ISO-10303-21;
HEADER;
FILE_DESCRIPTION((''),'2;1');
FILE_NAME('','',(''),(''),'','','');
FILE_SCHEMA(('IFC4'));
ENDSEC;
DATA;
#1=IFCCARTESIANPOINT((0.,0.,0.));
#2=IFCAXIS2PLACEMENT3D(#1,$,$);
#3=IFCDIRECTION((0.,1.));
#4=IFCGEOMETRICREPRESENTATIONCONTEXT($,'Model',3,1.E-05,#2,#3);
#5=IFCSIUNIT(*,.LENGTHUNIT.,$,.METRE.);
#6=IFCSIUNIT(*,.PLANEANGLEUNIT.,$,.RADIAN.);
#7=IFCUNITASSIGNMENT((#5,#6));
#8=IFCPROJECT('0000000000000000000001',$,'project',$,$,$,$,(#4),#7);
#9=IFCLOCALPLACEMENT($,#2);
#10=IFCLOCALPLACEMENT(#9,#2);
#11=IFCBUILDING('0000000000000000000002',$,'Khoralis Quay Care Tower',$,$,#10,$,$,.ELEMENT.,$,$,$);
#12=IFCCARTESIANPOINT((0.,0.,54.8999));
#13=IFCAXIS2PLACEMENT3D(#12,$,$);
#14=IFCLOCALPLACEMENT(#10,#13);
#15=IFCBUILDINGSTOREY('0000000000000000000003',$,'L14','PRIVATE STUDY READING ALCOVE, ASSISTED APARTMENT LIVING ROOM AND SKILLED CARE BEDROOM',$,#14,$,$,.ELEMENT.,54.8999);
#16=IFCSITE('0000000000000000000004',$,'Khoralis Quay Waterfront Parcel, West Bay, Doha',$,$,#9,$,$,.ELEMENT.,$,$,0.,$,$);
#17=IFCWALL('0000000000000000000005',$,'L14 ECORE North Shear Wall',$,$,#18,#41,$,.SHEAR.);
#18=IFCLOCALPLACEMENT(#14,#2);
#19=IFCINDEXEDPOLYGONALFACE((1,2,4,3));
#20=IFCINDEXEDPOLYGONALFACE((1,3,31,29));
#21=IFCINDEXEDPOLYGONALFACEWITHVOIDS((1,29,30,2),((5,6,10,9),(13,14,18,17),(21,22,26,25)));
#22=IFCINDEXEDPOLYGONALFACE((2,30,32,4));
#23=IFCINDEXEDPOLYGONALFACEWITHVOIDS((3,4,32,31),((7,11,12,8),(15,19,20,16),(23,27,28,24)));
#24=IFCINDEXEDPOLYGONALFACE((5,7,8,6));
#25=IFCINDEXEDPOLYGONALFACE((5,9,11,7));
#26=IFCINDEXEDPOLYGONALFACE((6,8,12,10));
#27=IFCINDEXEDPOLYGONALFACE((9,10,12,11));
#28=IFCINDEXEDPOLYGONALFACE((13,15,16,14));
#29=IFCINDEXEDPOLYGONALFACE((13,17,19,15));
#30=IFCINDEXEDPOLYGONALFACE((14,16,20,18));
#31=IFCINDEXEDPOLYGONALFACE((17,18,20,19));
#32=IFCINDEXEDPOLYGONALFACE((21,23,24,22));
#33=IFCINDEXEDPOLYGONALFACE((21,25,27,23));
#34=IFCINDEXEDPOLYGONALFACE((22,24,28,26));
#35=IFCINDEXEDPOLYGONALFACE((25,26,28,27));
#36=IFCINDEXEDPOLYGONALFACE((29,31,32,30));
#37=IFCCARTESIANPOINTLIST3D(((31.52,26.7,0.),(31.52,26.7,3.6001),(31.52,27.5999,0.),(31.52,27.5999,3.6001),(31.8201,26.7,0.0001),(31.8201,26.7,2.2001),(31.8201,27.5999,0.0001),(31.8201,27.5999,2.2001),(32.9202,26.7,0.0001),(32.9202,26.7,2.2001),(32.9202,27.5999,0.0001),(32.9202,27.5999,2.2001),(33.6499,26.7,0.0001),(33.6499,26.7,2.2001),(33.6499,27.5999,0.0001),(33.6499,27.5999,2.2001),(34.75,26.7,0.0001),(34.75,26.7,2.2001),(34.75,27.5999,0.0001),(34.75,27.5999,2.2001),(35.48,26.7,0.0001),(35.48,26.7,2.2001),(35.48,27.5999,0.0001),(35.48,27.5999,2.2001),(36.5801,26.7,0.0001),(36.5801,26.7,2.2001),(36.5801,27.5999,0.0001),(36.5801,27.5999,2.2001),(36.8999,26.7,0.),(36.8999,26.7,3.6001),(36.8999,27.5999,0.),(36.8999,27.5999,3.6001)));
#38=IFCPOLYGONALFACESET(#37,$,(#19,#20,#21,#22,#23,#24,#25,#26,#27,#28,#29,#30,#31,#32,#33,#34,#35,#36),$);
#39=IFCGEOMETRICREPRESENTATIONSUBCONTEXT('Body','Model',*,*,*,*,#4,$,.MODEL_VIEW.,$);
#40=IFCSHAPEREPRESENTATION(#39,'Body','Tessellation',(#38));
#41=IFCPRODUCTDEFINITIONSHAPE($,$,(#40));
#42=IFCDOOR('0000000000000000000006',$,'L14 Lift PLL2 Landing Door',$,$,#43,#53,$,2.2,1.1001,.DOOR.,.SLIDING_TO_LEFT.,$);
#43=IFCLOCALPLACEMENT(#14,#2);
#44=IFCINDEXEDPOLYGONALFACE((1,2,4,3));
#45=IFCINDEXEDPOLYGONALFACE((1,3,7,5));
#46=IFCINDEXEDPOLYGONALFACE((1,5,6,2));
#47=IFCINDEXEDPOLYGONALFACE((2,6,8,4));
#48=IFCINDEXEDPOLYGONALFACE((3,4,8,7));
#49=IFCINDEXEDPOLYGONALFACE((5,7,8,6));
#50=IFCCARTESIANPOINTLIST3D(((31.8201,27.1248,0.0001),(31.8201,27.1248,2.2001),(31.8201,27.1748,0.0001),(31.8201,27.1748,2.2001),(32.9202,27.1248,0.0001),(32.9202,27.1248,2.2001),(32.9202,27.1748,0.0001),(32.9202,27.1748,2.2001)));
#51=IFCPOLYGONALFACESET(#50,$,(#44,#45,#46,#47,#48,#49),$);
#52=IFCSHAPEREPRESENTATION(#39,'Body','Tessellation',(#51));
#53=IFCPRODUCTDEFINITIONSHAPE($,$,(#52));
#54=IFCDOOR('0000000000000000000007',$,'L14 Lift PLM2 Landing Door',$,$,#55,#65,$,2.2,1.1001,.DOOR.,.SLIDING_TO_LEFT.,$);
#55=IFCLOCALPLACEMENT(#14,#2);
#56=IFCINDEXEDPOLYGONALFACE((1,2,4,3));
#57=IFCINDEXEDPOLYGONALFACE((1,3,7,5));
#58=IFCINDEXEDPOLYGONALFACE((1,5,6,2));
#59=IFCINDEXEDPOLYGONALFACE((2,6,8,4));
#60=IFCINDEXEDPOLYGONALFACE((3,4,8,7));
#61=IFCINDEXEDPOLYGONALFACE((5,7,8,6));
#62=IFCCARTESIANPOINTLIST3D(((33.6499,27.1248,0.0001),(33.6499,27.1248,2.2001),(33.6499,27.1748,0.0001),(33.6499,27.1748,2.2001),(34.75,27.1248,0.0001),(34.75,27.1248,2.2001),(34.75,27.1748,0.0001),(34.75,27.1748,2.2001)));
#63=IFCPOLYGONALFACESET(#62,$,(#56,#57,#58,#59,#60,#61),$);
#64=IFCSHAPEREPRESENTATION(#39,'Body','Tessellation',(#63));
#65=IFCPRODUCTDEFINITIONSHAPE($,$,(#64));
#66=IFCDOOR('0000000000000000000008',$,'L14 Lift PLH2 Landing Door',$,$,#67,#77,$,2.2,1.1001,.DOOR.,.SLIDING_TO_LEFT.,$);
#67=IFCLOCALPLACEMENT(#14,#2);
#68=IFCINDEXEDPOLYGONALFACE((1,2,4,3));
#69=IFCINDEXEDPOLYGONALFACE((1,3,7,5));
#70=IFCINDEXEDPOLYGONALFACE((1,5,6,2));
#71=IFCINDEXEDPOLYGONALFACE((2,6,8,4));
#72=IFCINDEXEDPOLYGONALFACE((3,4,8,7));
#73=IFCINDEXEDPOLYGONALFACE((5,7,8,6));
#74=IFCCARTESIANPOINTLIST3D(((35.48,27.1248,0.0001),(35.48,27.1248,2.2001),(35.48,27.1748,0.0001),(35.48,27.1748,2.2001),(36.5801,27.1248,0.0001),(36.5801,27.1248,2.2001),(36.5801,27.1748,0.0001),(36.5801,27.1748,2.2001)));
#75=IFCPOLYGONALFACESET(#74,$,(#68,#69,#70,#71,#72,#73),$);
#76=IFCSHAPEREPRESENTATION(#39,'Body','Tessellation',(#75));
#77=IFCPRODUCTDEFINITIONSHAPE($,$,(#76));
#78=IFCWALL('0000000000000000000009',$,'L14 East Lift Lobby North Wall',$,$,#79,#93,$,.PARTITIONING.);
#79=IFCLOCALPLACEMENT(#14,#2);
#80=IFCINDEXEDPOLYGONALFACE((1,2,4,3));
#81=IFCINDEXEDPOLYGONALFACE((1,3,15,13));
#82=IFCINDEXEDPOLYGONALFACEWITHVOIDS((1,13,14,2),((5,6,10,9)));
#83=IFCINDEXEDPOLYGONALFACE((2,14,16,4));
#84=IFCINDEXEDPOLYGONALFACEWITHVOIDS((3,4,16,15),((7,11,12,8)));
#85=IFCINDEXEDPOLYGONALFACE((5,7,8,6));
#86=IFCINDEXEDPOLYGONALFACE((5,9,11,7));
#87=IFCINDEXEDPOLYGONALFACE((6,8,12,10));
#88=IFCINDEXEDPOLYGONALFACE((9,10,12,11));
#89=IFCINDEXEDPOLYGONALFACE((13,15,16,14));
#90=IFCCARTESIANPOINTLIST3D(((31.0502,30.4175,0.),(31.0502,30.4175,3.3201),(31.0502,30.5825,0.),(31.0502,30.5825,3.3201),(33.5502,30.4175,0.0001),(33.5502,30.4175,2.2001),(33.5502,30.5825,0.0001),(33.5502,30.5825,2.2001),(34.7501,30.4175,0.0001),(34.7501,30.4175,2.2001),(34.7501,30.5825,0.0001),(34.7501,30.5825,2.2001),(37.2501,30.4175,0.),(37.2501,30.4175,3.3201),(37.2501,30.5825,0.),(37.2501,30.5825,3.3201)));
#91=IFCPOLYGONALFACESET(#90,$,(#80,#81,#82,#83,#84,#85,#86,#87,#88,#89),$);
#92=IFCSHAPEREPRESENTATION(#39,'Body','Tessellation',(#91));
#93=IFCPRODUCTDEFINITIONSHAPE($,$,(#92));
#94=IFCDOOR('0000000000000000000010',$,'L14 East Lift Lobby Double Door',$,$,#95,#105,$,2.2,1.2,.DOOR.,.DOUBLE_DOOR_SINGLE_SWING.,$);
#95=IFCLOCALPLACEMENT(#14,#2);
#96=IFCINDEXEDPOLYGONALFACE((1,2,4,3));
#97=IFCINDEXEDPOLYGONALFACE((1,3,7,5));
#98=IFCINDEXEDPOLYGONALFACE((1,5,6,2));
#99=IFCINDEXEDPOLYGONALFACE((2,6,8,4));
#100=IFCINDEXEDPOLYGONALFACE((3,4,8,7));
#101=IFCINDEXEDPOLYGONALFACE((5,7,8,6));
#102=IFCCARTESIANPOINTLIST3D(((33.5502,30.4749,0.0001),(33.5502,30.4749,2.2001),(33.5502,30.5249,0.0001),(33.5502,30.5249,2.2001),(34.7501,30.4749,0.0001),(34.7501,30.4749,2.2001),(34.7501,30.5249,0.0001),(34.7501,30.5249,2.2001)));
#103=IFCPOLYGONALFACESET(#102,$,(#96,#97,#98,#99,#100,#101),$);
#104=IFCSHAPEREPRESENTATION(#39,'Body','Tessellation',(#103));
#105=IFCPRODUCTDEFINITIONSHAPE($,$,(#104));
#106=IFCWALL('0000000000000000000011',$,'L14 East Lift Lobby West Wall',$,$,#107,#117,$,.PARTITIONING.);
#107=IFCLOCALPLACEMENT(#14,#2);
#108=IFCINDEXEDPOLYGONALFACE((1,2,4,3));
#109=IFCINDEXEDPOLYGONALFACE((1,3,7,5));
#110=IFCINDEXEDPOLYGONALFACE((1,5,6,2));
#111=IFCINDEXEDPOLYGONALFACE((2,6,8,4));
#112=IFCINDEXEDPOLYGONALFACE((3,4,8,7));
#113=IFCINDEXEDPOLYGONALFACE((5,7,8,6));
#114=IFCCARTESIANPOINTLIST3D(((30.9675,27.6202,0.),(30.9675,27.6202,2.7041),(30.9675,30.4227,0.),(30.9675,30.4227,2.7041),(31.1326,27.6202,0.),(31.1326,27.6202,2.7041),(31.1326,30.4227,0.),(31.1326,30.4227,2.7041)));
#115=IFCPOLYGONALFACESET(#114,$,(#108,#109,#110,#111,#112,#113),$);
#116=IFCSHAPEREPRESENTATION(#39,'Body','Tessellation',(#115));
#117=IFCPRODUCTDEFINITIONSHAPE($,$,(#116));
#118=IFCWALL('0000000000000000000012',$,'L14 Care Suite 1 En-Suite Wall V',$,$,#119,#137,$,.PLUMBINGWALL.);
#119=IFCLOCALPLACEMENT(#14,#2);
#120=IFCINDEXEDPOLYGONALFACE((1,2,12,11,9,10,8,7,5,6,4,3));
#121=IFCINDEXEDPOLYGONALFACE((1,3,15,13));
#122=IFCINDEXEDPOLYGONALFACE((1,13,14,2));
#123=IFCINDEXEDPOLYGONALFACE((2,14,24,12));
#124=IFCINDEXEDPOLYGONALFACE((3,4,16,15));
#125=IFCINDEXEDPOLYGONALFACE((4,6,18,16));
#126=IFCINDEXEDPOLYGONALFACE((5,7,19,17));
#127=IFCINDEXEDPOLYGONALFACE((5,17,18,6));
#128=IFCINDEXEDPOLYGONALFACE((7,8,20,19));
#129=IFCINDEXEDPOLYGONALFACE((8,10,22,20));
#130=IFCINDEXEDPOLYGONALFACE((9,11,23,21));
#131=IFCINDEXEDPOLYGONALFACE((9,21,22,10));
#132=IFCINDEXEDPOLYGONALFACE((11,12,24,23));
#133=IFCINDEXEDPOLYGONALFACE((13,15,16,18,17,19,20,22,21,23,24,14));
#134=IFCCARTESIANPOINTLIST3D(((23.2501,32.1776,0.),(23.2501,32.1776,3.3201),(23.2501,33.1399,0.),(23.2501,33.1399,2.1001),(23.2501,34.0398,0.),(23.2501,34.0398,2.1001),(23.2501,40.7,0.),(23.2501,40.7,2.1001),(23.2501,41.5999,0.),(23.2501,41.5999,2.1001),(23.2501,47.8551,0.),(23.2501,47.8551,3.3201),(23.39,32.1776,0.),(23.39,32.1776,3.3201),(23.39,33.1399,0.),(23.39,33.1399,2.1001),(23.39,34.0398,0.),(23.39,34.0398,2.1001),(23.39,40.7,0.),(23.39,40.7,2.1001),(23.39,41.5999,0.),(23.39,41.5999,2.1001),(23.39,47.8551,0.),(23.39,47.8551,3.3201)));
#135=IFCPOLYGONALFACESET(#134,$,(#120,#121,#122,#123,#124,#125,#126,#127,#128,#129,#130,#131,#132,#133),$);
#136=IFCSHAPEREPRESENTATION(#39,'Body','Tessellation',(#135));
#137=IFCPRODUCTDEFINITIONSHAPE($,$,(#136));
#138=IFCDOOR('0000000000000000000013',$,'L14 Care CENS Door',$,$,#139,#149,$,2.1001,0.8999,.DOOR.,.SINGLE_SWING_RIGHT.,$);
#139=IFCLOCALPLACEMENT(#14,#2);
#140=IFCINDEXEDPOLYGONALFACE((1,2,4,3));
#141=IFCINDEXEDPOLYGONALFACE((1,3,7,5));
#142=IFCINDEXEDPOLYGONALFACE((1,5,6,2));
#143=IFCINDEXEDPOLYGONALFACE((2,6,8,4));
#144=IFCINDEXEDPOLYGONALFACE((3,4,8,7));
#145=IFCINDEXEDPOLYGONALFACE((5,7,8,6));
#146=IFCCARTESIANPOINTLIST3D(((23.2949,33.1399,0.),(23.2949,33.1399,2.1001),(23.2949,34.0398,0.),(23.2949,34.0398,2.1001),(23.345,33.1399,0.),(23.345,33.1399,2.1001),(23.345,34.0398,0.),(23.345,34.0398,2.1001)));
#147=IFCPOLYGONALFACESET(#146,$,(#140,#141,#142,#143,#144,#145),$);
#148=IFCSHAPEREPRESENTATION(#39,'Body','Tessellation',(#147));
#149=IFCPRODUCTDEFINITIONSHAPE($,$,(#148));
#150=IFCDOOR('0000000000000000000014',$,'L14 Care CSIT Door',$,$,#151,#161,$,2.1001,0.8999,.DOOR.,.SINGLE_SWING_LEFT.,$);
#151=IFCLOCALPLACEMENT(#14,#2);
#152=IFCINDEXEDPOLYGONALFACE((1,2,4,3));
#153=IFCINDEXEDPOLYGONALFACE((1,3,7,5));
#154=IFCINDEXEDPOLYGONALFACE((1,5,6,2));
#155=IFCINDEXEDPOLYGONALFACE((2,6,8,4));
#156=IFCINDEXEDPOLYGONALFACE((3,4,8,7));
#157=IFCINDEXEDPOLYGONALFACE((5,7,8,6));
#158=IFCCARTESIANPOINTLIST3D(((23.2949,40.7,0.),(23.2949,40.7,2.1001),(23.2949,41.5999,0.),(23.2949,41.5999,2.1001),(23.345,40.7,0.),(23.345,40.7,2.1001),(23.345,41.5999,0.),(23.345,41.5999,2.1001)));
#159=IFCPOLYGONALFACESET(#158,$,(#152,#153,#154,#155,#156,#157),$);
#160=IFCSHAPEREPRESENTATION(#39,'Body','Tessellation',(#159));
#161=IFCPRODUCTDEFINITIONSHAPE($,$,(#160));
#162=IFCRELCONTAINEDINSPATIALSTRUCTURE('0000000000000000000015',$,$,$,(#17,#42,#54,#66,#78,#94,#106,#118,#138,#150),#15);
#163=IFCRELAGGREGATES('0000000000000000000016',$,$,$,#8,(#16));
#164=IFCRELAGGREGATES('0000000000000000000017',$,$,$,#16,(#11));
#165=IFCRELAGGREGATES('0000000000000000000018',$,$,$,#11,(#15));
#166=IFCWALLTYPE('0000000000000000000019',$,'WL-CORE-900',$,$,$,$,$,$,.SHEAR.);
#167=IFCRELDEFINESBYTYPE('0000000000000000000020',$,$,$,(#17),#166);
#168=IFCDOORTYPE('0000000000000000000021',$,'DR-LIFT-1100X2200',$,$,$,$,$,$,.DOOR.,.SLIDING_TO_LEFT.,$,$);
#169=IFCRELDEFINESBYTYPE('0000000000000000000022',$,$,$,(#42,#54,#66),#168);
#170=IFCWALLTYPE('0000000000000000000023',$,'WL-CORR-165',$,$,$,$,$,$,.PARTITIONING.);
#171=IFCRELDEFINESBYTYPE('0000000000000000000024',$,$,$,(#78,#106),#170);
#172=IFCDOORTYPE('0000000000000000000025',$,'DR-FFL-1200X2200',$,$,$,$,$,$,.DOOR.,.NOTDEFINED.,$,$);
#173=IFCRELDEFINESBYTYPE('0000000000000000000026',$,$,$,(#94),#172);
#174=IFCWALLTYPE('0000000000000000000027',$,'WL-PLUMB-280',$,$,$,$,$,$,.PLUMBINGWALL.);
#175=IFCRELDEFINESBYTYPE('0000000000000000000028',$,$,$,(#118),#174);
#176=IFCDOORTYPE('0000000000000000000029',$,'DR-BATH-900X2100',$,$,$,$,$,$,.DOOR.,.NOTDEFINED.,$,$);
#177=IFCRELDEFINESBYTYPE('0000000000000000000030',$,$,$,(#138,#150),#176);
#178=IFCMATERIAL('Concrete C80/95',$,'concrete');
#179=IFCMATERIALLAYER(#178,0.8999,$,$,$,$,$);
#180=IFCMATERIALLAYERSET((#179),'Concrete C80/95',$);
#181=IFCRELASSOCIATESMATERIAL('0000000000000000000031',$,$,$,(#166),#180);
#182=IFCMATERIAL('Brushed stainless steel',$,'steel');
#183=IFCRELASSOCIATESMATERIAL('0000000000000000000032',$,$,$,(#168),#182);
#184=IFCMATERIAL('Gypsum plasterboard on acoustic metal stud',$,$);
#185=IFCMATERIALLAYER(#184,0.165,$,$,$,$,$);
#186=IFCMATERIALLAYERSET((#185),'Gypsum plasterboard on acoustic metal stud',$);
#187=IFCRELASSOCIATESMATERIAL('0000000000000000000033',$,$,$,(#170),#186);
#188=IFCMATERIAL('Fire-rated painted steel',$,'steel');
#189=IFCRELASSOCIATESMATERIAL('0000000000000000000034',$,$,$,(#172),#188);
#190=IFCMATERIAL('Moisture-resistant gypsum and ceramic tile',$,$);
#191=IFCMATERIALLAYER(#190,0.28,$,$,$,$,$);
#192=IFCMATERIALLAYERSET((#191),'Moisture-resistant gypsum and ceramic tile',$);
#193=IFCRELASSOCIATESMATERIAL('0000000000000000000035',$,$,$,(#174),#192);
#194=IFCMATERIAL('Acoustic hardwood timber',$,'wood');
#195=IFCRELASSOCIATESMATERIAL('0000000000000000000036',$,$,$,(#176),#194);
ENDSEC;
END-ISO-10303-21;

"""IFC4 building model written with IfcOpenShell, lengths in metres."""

from ifc_helpers import new_model, si_unit, direction, frame, frame_2d, origin, place, context, subcontext, project, spatial, rectangle, extrude, source, transform, mapped, material, layer, layer_set, type_object, element, fill, save


model = new_model("IFC4")

# Units and contexts
model_context = context("Model", 3, precision=1e-05, world=origin(), true_north=direction((0.0, 1.0)))
body_context = subcontext(model_context, "Body", "Model", "MODEL_VIEW")
ifc_project = project(units=[si_unit("LENGTHUNIT", "METRE"), si_unit("PLANEANGLEUNIT", "RADIAN")], contexts=[model_context])

# Site, building, storey
site_placement = place(None, origin())
site = spatial("IfcSite", under=ifc_project, at=site_placement, Name="Khoralis Quay Waterfront Parcel, West Bay, Doha", CompositionType="ELEMENT", RefElevation=0.0)
building_placement = place(site_placement, origin())
building = spatial("IfcBuilding", under=site, at=building_placement, Name="Khoralis Quay Care Tower", CompositionType="ELEMENT")
storey_placement = place(building_placement, frame((0.0, 0.0, 54.8999)))
storey = spatial("IfcBuildingStorey", under=building, at=storey_placement, Name="L14", Description="PRIVATE STUDY READING ALCOVE, ASSISTED APARTMENT LIVING ROOM AND SKILLED CARE BEDROOM", CompositionType="ELEMENT", Elevation=54.8999)

# Wall, openings, doors
ifc_material_1 = material(Name="Concrete C80/95", Category="concrete")
ifc_layer_1 = layer(ifc_material_1, 0.8999)
ifc_layer_set_1 = layer_set([ifc_layer_1], Name="Concrete C80/95")
wall_type_1 = type_object("IfcWallType", Name="WL-CORE-900", PredefinedType="SHEAR", material=ifc_layer_set_1)
wall_1_placement = place(storey_placement, frame((31.52, 27.1499, 0.0), z_axis=(0.0, 0.0, 1.0), x_axis=(1.0, 0.0, 0.0)))
wall_1 = element("IfcWall", 1, at=wall_1_placement, inside=storey, type_object=wall_type_1, Name="L14 ECORE North Shear Wall", PredefinedType="SHEAR", context=body_context, shape_type="SweptSolid", body=[
    extrude(rectangle(XDim=5.3799, YDim=0.8999, at=frame_2d((2.6899, 0.0))), origin(), (0.0, 0.0, 1.0), 3.6001),
])
opening_1_placement = place(wall_1_placement, frame((0.3, 0.0, 0.0)))
opening_1 = element("IfcOpeningElement", 2, at=opening_1_placement, cuts=wall_1, PredefinedType="OPENING", context=body_context, shape_type="SweptSolid", body=[
    extrude(rectangle(XDim=1.1001, YDim=2.2, at=frame_2d((0.55, 1.1001))), frame((0.0, 0.46, 0.0), z_axis=(0.0, -1.0, 0.0), x_axis=(1.0, 0.0, 0.0)), (0.0, 0.0, 1.0), 0.9199),
])
opening_2_placement = place(wall_1_placement, frame((2.1299, 0.0, 0.0)))
opening_2 = element("IfcOpeningElement", 3, at=opening_2_placement, cuts=wall_1, PredefinedType="OPENING", context=body_context, shape_type="SweptSolid", body=[
    extrude(rectangle(XDim=1.1001, YDim=2.2, at=frame_2d((0.55, 1.1001))), frame((0.0, 0.46, 0.0), z_axis=(0.0, -1.0, 0.0), x_axis=(1.0, 0.0, 0.0)), (0.0, 0.0, 1.0), 0.9199),
])
opening_3_placement = place(wall_1_placement, frame((3.96, 0.0, 0.0)))
opening_3 = element("IfcOpeningElement", 4, at=opening_3_placement, cuts=wall_1, PredefinedType="OPENING", context=body_context, shape_type="SweptSolid", body=[
    extrude(rectangle(XDim=1.1001, YDim=2.2, at=frame_2d((0.55, 1.1001))), frame((0.0, 0.46, 0.0), z_axis=(0.0, -1.0, 0.0), x_axis=(1.0, 0.0, 0.0)), (0.0, 0.0, 1.0), 0.9199),
])
ifc_material_2 = material(Name="Brushed stainless steel", Category="steel")
door_type_1 = type_object("IfcDoorType", Name="DR-LIFT-1100X2200", OperationType="SLIDING_TO_LEFT", PredefinedType="DOOR", material=ifc_material_2)
shared_shape_1 = source(origin(), body_context, "Body", "SweptSolid", [
    extrude(rectangle(XDim=1.1001, YDim=2.2, at=frame_2d((0.55, 1.1001))), frame((0.0, 0.0249, 0.0), z_axis=(0.0, -1.0, 0.0), x_axis=(1.0, 0.0, 0.0)), (0.0, 0.0, 1.0), 0.05),
])
door_1_placement = place(opening_1_placement, origin())
door_1 = element("IfcDoor", 5, at=door_1_placement, inside=storey, type_object=door_type_1, Name="L14 Lift PLL2 Landing Door", OperationType="SLIDING_TO_LEFT", OverallHeight=2.2, OverallWidth=1.1001, PredefinedType="DOOR", context=body_context, shape_type="MappedRepresentation", body=[
    mapped(shared_shape_1, transform((0.0, 0.0, 0.0), scale=1.0)),
])
fill(opening_1, door_1)
door_2_placement = place(opening_2_placement, origin())
door_2 = element("IfcDoor", 6, at=door_2_placement, inside=storey, type_object=door_type_1, Name="L14 Lift PLM2 Landing Door", OperationType="SLIDING_TO_LEFT", OverallHeight=2.2, OverallWidth=1.1001, PredefinedType="DOOR", context=body_context, shape_type="MappedRepresentation", body=[
    mapped(shared_shape_1, transform((0.0, 0.0, 0.0), scale=1.0)),
])
fill(opening_2, door_2)
door_3_placement = place(opening_3_placement, origin())
door_3 = element("IfcDoor", 7, at=door_3_placement, inside=storey, type_object=door_type_1, Name="L14 Lift PLH2 Landing Door", OperationType="SLIDING_TO_LEFT", OverallHeight=2.2, OverallWidth=1.1001, PredefinedType="DOOR", context=body_context, shape_type="MappedRepresentation", body=[
    mapped(shared_shape_1, transform((0.0, 0.0, 0.0), scale=1.0)),
])
fill(opening_3, door_3)

# Wall, opening, door
ifc_material_3 = material(Name="Gypsum plasterboard on acoustic metal stud")
ifc_layer_2 = layer(ifc_material_3, 0.165)
ifc_layer_set_2 = layer_set([ifc_layer_2], Name="Gypsum plasterboard on acoustic metal stud")
wall_type_2 = type_object("IfcWallType", Name="WL-CORR-165", PredefinedType="PARTITIONING", material=ifc_layer_set_2)
wall_2_placement = place(storey_placement, frame((31.05, 30.5, 0.0), z_axis=(0.0, 0.0, 1.0), x_axis=(1.0, 0.0, 0.0)))
wall_2 = element("IfcWall", 8, at=wall_2_placement, inside=storey, type_object=wall_type_2, Name="L14 East Lift Lobby North Wall", PredefinedType="PARTITIONING", context=body_context, shape_type="SweptSolid", body=[
    extrude(rectangle(XDim=6.2, YDim=0.165, at=frame_2d((3.1001, 0.0))), origin(), (0.0, 0.0, 1.0), 3.3201),
])
opening_4_placement = place(wall_2_placement, frame((2.5, 0.0, 0.0)))
opening_4 = element("IfcOpeningElement", 9, at=opening_4_placement, cuts=wall_2, PredefinedType="OPENING", context=body_context, shape_type="SweptSolid", body=[
    extrude(rectangle(XDim=1.2, YDim=2.2, at=frame_2d((0.6001, 1.1001))), frame((0.0, 0.0925, 0.0), z_axis=(0.0, -1.0, 0.0), x_axis=(1.0, 0.0, 0.0)), (0.0, 0.0, 1.0), 0.1851),
])
ifc_material_4 = material(Name="Fire-rated painted steel", Category="steel")
door_type_2 = type_object("IfcDoorType", Name="DR-FFL-1200X2200", OperationType="NOTDEFINED", PredefinedType="DOOR", material=ifc_material_4)
shared_shape_2 = source(origin(), body_context, "Body", "SweptSolid", [
    extrude(rectangle(XDim=1.2, YDim=2.2, at=frame_2d((0.6001, 1.1001))), frame((0.0, 0.0249, 0.0), z_axis=(0.0, -1.0, 0.0), x_axis=(1.0, 0.0, 0.0)), (0.0, 0.0, 1.0), 0.05),
])
door_4_placement = place(opening_4_placement, origin())
door_4 = element("IfcDoor", 10, at=door_4_placement, inside=storey, type_object=door_type_2, Name="L14 East Lift Lobby Double Door", OperationType="DOUBLE_DOOR_SINGLE_SWING", OverallHeight=2.2, OverallWidth=1.2, PredefinedType="DOOR", context=body_context, shape_type="MappedRepresentation", body=[
    mapped(shared_shape_2, transform((0.0, 0.0, 0.0), scale=1.0)),
])
fill(opening_4, door_4)

# Wall
wall_3_placement = place(storey_placement, frame((31.05, 27.6201, 0.0), z_axis=(0.0, 0.0, 1.0), x_axis=(0.0, 1.0, 0.0)))
element("IfcWall", 11, at=wall_3_placement, inside=storey, type_object=wall_type_2, Name="L14 East Lift Lobby West Wall", PredefinedType="PARTITIONING", context=body_context, shape_type="SweptSolid", body=[
    extrude(rectangle(XDim=2.8025, YDim=0.165, at=frame_2d((1.4014, 0.0))), origin(), (0.0, 0.0, 1.0), 2.7041),
])

# Wall, openings, doors
ifc_material_5 = material(Name="Moisture-resistant gypsum and ceramic tile")
ifc_layer_3 = layer(ifc_material_5, 0.28)
ifc_layer_set_3 = layer_set([ifc_layer_3], Name="Moisture-resistant gypsum and ceramic tile")
wall_type_3 = type_object("IfcWallType", Name="WL-PLUMB-280", PredefinedType="PLUMBINGWALL", material=ifc_layer_set_3)
wall_4_placement = place(storey_placement, frame((23.3201, 32.1775, 0.0), z_axis=(0.0, 0.0, 1.0), x_axis=(0.0, 1.0, 0.0)))
wall_4 = element("IfcWall", 12, at=wall_4_placement, inside=storey, type_object=wall_type_3, Name="L14 Care Suite 1 En-Suite Wall V", PredefinedType="PLUMBINGWALL", context=body_context, shape_type="SweptSolid", body=[
    extrude(rectangle(XDim=15.6775, YDim=0.1399, at=frame_2d((7.8389, 0.0))), origin(), (0.0, 0.0, 1.0), 3.3201),
])
opening_5_placement = place(wall_4_placement, frame((0.9624, 0.0, 0.0)))
opening_5 = element("IfcOpeningElement", 13, at=opening_5_placement, cuts=wall_4, PredefinedType="OPENING", context=body_context, shape_type="SweptSolid", body=[
    extrude(rectangle(XDim=0.8999, YDim=2.1001, at=frame_2d((0.45, 1.05))), frame((0.0, 0.0801, 0.0), z_axis=(0.0, -1.0, 0.0), x_axis=(1.0, 0.0, 0.0)), (0.0, 0.0, 1.0), 0.1599),
])
opening_6_placement = place(wall_4_placement, frame((8.5225, 0.0, 0.0)))
opening_6 = element("IfcOpeningElement", 14, at=opening_6_placement, cuts=wall_4, PredefinedType="OPENING", context=body_context, shape_type="SweptSolid", body=[
    extrude(rectangle(XDim=0.8999, YDim=2.1001, at=frame_2d((0.45, 1.05))), frame((0.0, 0.0801, 0.0), z_axis=(0.0, -1.0, 0.0), x_axis=(1.0, 0.0, 0.0)), (0.0, 0.0, 1.0), 0.1599),
])
ifc_material_6 = material(Name="Acoustic hardwood timber", Category="wood")
door_type_3 = type_object("IfcDoorType", Name="DR-BATH-900X2100", OperationType="NOTDEFINED", PredefinedType="DOOR", material=ifc_material_6)
shared_shape_3 = source(origin(), body_context, "Body", "SweptSolid", [
    extrude(rectangle(XDim=0.8999, YDim=2.1001, at=frame_2d((0.45, 1.05))), frame((0.0, 0.0249, 0.0), z_axis=(0.0, -1.0, 0.0), x_axis=(1.0, 0.0, 0.0)), (0.0, 0.0, 1.0), 0.05),
])
door_5_placement = place(opening_5_placement, frame((0.8999, 0.0, 0.0), z_axis=(0.0, 0.0, 1.0), x_axis=(-1.0, 0.0, 0.0)))
door_5 = element("IfcDoor", 15, at=door_5_placement, inside=storey, type_object=door_type_3, Name="L14 Care CENS Door", OperationType="SINGLE_SWING_RIGHT", OverallHeight=2.1001, OverallWidth=0.8999, PredefinedType="DOOR", context=body_context, shape_type="MappedRepresentation", body=[
    mapped(shared_shape_3, transform((0.0, 0.0, 0.0), scale=1.0)),
])
fill(opening_5, door_5)
door_6_placement = place(opening_6_placement, frame((0.8999, 0.0, 0.0), z_axis=(0.0, 0.0, 1.0), x_axis=(-1.0, 0.0, 0.0)))
door_6 = element("IfcDoor", 16, at=door_6_placement, inside=storey, type_object=door_type_3, Name="L14 Care CSIT Door", OperationType="SINGLE_SWING_LEFT", OverallHeight=2.1001, OverallWidth=0.8999, PredefinedType="DOOR", context=body_context, shape_type="MappedRepresentation", body=[
    mapped(shared_shape_3, transform((0.0, 0.0, 0.0), scale=1.0)),
])
fill(opening_6, door_6)

save(model, "model.ifc")
